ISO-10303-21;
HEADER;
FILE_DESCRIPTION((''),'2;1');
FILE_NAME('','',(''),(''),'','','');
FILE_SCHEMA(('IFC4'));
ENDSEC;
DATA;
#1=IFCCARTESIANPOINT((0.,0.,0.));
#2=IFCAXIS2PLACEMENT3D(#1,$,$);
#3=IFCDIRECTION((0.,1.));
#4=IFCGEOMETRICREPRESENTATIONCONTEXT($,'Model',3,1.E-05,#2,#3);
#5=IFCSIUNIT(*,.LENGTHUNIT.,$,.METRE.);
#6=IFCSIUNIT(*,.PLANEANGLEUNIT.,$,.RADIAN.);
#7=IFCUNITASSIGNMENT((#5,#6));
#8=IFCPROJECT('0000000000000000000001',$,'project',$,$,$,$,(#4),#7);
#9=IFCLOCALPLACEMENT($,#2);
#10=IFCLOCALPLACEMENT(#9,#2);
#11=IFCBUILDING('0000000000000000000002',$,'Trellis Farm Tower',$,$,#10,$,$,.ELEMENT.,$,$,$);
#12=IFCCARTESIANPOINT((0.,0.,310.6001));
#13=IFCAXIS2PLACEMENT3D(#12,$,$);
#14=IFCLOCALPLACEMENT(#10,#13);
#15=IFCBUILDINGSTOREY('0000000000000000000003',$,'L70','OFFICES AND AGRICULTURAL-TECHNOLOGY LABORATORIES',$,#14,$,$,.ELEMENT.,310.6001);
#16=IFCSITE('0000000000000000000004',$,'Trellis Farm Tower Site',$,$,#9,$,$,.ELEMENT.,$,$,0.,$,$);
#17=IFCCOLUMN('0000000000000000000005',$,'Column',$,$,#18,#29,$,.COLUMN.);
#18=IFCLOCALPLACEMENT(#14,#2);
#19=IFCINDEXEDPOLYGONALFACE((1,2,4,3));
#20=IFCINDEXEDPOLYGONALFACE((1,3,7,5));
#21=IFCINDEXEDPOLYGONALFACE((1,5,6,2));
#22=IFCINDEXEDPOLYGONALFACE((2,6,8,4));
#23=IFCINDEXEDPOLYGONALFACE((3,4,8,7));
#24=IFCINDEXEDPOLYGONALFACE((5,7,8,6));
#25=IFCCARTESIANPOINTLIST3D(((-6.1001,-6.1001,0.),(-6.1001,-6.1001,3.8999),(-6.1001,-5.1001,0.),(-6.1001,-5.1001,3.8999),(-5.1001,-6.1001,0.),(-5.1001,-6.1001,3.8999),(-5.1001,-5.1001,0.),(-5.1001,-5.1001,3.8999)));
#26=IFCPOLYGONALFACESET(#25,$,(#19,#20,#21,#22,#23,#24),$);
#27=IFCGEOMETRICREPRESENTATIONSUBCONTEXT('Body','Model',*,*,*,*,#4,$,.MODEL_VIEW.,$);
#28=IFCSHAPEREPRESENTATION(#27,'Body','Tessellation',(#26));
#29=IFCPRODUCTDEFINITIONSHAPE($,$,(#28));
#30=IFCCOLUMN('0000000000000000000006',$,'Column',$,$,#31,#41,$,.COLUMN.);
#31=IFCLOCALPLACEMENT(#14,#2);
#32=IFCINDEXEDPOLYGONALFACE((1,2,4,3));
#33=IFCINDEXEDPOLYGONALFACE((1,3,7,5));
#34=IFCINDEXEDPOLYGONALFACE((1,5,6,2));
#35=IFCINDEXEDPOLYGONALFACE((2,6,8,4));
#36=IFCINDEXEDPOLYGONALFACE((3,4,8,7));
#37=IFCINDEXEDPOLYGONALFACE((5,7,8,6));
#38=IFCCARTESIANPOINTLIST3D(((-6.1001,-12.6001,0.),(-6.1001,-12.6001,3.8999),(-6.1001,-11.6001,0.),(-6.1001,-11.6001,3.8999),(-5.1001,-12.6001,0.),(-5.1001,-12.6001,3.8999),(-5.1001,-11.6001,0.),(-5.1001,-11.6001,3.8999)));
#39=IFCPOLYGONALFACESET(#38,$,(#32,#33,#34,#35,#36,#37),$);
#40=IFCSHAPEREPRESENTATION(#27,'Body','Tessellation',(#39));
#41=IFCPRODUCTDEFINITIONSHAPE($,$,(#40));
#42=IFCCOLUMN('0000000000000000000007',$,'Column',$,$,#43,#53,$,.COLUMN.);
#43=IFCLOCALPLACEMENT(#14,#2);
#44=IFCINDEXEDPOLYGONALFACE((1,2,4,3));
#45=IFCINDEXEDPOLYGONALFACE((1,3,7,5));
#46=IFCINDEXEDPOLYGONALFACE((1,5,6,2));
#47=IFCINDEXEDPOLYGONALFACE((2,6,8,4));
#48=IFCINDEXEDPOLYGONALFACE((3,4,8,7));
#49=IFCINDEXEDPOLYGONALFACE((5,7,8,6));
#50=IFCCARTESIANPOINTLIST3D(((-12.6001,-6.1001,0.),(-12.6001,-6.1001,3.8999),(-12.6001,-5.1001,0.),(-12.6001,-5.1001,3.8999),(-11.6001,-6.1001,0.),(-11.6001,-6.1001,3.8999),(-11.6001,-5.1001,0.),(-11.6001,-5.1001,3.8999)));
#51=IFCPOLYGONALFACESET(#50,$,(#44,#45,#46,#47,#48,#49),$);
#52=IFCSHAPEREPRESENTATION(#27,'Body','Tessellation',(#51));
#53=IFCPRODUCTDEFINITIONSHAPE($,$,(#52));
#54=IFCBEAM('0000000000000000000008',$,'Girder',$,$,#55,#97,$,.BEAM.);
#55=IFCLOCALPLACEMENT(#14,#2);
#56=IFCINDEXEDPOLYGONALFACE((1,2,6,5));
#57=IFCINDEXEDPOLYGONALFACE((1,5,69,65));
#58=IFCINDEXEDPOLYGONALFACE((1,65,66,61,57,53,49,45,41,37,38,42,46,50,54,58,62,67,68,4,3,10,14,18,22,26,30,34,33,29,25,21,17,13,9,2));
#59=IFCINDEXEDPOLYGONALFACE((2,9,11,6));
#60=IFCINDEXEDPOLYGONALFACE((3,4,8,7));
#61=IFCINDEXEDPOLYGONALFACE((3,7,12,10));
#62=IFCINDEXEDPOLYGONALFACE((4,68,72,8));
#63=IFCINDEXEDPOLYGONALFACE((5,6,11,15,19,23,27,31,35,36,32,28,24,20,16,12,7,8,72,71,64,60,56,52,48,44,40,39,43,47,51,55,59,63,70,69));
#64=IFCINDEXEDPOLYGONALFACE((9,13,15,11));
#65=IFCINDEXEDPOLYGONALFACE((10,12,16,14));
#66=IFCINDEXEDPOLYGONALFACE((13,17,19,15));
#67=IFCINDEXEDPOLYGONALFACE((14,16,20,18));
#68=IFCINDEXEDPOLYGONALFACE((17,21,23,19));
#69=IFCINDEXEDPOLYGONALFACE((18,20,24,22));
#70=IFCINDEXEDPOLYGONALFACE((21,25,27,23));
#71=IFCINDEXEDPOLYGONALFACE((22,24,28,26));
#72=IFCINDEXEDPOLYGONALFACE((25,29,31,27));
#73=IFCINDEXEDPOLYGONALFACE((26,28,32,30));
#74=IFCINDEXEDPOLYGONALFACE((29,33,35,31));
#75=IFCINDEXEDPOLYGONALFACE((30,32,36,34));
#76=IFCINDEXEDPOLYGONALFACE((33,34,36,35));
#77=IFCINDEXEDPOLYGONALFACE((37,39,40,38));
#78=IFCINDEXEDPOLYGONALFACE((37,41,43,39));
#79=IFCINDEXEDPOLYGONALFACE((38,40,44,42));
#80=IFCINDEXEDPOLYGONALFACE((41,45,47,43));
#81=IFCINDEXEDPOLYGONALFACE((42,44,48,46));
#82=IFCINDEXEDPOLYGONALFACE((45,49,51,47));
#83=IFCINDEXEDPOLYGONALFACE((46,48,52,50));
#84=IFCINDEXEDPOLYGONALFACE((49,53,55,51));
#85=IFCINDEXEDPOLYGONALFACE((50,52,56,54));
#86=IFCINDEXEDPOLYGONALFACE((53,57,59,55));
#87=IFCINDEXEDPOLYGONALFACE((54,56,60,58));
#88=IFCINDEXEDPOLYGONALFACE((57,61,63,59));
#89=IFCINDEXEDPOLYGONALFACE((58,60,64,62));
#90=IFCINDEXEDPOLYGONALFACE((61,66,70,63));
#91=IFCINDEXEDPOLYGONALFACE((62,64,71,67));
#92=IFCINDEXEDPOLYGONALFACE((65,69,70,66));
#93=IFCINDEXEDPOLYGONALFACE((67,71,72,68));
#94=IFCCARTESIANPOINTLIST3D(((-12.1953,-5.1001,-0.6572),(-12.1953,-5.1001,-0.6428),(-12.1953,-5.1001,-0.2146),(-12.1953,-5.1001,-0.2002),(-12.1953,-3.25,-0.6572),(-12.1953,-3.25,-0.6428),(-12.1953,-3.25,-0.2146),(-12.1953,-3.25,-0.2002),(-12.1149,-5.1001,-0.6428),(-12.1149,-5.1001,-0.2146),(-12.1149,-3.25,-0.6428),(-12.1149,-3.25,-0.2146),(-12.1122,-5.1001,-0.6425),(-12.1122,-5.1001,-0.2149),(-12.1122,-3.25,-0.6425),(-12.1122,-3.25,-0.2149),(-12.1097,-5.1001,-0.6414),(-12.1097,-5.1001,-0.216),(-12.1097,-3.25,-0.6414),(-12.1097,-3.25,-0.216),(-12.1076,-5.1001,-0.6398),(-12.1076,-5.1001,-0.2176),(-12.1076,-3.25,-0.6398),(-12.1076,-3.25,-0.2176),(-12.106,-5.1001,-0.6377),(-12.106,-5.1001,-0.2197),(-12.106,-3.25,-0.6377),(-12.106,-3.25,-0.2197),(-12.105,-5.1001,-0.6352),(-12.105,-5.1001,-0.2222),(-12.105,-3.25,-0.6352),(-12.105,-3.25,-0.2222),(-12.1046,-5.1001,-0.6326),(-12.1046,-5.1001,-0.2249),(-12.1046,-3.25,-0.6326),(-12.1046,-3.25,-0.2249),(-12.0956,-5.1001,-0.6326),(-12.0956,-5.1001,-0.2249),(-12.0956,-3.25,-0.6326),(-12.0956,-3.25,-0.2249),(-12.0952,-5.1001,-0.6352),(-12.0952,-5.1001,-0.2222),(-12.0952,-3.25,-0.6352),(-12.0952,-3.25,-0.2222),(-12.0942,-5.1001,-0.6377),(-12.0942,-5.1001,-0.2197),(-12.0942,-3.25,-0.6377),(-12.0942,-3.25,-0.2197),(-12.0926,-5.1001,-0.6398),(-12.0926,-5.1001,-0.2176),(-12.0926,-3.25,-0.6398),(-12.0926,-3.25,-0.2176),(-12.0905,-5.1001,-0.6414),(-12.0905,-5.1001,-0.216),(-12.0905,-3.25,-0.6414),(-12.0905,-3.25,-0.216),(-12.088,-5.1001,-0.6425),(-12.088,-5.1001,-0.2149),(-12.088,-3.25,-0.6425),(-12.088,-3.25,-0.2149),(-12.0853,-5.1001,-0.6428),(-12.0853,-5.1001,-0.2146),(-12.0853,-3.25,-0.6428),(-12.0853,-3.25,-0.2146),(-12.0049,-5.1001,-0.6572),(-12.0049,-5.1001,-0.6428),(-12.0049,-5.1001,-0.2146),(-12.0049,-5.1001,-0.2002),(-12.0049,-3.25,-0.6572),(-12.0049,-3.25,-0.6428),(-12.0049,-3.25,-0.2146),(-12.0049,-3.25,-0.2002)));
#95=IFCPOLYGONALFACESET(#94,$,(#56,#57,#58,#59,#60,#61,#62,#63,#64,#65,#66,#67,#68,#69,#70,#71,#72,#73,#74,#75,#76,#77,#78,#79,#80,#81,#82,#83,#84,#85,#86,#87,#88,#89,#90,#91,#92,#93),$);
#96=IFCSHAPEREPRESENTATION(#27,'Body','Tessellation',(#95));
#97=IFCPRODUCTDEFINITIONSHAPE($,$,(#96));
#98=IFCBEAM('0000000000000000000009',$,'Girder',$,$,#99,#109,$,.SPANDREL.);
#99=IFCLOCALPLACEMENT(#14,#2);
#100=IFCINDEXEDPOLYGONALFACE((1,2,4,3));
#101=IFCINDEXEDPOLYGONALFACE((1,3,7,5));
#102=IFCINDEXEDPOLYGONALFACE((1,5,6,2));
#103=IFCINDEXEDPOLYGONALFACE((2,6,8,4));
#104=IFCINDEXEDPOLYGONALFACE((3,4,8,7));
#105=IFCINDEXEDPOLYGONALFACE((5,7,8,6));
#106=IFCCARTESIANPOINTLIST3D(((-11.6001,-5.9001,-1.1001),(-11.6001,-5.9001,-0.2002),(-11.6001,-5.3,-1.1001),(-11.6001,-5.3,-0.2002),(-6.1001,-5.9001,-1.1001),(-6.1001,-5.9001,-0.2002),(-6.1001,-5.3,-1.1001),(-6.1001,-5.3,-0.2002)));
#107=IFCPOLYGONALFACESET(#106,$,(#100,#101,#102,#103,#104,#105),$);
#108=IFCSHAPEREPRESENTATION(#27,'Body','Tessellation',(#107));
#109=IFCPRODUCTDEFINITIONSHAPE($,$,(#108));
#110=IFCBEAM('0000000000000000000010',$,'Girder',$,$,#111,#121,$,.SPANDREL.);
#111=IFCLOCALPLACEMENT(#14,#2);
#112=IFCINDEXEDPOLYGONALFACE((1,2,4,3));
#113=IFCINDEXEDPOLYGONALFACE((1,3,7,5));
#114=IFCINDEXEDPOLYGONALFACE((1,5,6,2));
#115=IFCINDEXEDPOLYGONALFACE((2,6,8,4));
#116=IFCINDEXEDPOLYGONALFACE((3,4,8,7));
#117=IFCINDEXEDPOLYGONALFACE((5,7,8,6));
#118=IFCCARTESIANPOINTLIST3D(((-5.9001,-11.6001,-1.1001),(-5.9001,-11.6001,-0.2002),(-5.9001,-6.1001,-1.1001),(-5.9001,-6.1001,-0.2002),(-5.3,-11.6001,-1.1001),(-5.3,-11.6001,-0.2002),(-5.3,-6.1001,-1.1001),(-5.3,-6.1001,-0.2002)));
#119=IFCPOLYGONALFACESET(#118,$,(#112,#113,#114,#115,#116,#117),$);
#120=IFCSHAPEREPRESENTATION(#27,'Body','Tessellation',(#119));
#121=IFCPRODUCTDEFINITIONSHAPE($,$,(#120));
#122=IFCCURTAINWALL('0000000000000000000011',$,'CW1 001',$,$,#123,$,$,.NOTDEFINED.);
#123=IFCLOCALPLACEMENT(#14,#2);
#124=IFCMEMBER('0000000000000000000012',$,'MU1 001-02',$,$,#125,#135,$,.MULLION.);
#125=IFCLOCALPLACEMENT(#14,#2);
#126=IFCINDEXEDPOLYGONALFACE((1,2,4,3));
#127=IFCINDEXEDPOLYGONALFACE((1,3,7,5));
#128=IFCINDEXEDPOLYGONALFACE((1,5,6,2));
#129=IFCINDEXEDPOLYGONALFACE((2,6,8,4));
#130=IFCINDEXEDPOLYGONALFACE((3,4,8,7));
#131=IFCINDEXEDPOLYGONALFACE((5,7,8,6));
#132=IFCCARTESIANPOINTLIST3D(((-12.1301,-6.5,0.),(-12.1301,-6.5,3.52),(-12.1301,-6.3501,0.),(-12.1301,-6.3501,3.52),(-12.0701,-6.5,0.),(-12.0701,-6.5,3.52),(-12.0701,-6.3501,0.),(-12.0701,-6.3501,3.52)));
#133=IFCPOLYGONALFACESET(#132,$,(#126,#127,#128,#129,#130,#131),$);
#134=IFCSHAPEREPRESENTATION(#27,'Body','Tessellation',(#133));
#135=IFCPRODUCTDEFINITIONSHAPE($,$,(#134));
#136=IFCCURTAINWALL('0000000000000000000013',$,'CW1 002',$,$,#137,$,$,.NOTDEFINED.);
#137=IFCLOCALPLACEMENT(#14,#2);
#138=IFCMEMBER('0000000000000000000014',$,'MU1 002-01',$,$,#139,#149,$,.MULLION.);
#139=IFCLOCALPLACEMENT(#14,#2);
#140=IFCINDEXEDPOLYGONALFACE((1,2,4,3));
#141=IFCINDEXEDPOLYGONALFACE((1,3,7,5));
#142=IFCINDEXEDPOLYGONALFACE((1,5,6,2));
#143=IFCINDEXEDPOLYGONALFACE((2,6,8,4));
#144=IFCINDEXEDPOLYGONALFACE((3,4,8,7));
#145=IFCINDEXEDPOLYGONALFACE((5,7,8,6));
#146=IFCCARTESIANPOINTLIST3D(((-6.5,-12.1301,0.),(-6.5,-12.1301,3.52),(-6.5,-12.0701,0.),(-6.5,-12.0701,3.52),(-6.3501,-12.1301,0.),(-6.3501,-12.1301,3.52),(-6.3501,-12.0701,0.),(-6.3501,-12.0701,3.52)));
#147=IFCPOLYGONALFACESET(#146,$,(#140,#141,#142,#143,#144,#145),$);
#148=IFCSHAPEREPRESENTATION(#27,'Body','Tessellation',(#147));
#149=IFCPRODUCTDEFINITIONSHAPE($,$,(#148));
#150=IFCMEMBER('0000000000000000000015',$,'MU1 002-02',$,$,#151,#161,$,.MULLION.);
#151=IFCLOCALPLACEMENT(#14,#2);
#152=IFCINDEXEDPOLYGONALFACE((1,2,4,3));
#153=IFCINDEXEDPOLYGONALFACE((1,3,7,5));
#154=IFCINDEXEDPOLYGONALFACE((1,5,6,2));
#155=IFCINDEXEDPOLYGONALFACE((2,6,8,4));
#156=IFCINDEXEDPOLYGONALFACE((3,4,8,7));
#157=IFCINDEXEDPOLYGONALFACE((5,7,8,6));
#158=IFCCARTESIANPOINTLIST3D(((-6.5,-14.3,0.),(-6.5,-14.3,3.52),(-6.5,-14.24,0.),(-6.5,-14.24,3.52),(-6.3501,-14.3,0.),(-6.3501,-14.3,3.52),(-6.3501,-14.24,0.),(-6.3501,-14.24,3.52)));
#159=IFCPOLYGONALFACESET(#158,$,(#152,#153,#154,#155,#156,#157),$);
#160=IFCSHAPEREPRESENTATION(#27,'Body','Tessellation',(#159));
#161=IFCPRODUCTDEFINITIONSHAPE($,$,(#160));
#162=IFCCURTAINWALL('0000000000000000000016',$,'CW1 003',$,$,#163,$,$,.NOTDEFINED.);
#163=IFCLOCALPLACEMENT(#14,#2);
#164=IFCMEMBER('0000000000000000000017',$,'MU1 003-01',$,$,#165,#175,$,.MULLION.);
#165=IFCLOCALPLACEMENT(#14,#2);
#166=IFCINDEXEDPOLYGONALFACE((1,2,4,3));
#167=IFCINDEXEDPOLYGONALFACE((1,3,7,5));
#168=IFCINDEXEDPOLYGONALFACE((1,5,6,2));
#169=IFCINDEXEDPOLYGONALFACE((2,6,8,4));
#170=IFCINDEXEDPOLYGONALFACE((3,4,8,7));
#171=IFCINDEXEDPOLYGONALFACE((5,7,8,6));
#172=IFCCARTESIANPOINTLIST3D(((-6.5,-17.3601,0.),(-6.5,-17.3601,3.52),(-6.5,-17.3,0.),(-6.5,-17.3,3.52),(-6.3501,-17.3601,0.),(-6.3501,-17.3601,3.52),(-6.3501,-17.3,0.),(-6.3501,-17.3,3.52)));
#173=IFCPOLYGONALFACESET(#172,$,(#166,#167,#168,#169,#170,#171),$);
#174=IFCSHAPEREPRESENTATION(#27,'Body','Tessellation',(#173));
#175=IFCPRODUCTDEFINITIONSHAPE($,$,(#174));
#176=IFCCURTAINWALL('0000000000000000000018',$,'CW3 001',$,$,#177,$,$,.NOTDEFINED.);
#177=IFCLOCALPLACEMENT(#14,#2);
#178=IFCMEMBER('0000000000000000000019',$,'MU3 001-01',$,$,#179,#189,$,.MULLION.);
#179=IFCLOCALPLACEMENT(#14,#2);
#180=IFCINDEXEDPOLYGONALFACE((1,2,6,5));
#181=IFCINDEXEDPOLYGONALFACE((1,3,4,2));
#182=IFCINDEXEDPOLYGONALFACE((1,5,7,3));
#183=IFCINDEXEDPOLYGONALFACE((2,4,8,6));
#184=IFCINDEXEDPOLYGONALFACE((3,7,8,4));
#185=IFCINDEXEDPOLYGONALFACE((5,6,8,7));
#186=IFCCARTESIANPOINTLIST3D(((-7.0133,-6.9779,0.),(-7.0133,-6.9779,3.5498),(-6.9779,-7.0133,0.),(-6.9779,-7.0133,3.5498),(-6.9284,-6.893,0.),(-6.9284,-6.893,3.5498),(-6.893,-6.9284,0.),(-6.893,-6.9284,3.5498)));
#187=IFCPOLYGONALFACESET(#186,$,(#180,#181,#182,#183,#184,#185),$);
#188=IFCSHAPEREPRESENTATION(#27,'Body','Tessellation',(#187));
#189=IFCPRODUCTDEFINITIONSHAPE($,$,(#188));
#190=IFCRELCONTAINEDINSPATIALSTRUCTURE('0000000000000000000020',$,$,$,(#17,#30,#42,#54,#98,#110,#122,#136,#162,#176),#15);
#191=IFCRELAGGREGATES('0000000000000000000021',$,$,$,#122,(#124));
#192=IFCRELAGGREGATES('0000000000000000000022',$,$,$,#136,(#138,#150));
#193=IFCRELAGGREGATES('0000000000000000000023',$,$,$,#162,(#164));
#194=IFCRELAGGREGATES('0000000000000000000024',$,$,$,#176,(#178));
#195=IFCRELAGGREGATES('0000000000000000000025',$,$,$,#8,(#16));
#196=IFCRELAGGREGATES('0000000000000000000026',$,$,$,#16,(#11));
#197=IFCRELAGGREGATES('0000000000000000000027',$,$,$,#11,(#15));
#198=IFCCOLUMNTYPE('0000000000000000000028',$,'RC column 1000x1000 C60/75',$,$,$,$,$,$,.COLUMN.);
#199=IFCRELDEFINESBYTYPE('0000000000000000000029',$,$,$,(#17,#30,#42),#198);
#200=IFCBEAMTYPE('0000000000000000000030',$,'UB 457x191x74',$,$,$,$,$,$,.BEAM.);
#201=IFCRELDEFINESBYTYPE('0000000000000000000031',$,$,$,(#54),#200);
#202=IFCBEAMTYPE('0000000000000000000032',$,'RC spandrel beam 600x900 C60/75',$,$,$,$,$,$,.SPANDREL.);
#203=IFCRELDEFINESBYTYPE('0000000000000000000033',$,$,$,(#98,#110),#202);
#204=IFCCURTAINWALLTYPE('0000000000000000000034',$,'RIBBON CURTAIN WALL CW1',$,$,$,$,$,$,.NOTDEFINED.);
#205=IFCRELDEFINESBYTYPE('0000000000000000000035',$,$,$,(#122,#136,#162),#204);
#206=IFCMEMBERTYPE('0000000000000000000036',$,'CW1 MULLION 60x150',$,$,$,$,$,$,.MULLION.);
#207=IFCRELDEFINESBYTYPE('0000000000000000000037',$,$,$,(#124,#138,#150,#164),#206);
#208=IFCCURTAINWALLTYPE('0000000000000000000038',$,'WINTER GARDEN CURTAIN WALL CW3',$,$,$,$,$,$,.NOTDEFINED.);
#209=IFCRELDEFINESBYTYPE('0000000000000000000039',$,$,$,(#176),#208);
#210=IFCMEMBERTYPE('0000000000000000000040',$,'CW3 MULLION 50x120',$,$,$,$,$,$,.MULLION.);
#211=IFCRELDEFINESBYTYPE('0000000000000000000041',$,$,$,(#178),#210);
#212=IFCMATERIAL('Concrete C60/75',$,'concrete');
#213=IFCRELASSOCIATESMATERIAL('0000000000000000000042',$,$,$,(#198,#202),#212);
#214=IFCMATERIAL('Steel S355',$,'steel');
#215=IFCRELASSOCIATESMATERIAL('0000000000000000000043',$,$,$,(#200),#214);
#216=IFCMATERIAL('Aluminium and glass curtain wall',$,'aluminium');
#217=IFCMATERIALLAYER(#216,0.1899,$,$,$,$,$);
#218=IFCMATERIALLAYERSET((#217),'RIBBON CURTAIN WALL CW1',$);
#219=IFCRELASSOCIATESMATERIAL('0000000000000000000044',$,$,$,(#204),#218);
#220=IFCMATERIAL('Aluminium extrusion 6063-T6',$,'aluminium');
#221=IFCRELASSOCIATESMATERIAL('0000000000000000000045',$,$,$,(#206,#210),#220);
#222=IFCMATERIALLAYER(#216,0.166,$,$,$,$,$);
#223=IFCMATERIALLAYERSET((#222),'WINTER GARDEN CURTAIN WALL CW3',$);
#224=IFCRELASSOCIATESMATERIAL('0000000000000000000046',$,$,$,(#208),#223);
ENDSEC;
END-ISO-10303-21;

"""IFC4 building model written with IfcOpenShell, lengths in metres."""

from ifc_helpers import new_model, si_unit, direction, frame, origin, origin_2d, place, context, subcontext, project, spatial, rectangle, i_section, extrude, source, transform, mapped, material, layer, layer_set, material_profile, profile_set, type_object, element, aggregate, save


model = new_model("IFC4")

# Units and contexts
model_context = context("Model", 3, precision=1e-05, world=origin(), true_north=direction((0.0, 1.0)))
body_context = subcontext(model_context, "Body", "Model", "MODEL_VIEW")
ifc_project = project(units=[si_unit("LENGTHUNIT", "METRE"), si_unit("PLANEANGLEUNIT", "RADIAN")], contexts=[model_context])

# Site, building, storey
site_placement = place(None, origin())
site = spatial("IfcSite", under=ifc_project, at=site_placement, Name="Trellis Farm Tower Site", CompositionType="ELEMENT", RefElevation=0.0)
building_placement = place(site_placement, origin())
building = spatial("IfcBuilding", under=site, at=building_placement, Name="Trellis Farm Tower", CompositionType="ELEMENT")
storey_placement = place(building_placement, frame((0.0, 0.0, 310.6001)))
storey = spatial("IfcBuildingStorey", under=building, at=storey_placement, Name="L70", Description="OFFICES AND AGRICULTURAL-TECHNOLOGY LABORATORIES", CompositionType="ELEMENT", Elevation=310.6001)

# Columns
ifc_material_1 = material(Name="Concrete C60/75", Category="concrete")
ifc_material_profile_1 = material_profile(ifc_material_1, rectangle(XDim=1.0, YDim=1.0, at=origin_2d()), Name="RC column 1000x1000 C60/75")
ifc_profile_set_1 = profile_set([ifc_material_profile_1], Name="Concrete C60/75")
column_type = type_object("IfcColumnType", Name="RC column 1000x1000 C60/75", PredefinedType="COLUMN", material=ifc_profile_set_1)
shared_shape_1 = source(origin(), body_context, "Body", "SweptSolid", [
    extrude(rectangle(XDim=1.0, YDim=1.0, at=origin_2d()), origin(), (0.0, 0.0, 1.0), 3.8999),
])
for number, where, z_axis, x_axis, name in (
    (1, (-5.6001, -5.6001, 0.0), (0.0, 0.0, 1.0), (1.0, 0.0, 0.0), "Column"),
    (2, (-5.6001, -12.1001, 0.0), (0.0, 0.0, 1.0), (1.0, 0.0, 0.0), "Column"),
    (3, (-12.1001, -5.6001, 0.0), (0.0, 0.0, 1.0), (1.0, 0.0, 0.0), "Column"),
):
    element("IfcColumn", number, at=place(storey_placement, frame(where, z_axis=z_axis, x_axis=x_axis)), inside=storey, type_object=column_type, Name=name, PredefinedType="COLUMN", context=body_context, shape_type="MappedRepresentation", body=[
        mapped(shared_shape_1, transform((0.0, 0.0, 0.0))),
    ])

# Beams
ifc_material_2 = material(Name="Steel S355", Category="steel")
ifc_material_profile_2 = material_profile(ifc_material_2, i_section(OverallWidth=0.1904, OverallDepth=0.457, WebThickness=0.009, FlangeThickness=0.0144, FilletRadius=0.0103, at=origin_2d()), Name="UB 457x191x74")
ifc_profile_set_2 = profile_set([ifc_material_profile_2], Name="Steel S355")
beam_type_1 = type_object("IfcBeamType", Name="UB 457x191x74", PredefinedType="BEAM", material=ifc_profile_set_2)
shared_shape_2 = source(origin(), body_context, "Body", "SweptSolid", [
    extrude(i_section(OverallWidth=0.1904, OverallDepth=0.457, WebThickness=0.009, FlangeThickness=0.0144, FilletRadius=0.0103, at=origin_2d()), origin(), (0.0, 0.0, 1.0), 1.8501),
])
beam_placement = place(storey_placement, frame((-12.1001, -5.1001, -0.4287), z_axis=(0.0, 1.0, 0.0), x_axis=(-1.0, 0.0, 0.0)))
element("IfcBeam", 4, at=beam_placement, inside=storey, type_object=beam_type_1, Name="Girder", PredefinedType="BEAM", context=body_context, shape_type="MappedRepresentation", body=[
    mapped(shared_shape_2, transform((0.0, 0.0, 0.0))),
])
ifc_material_profile_3 = material_profile(ifc_material_1, rectangle(XDim=0.6001, YDim=0.8999, at=origin_2d()), Name="RC spandrel beam 600x900 C60/75")
ifc_profile_set_3 = profile_set([ifc_material_profile_3], Name="Concrete C60/75")
beam_type_2 = type_object("IfcBeamType", Name="RC spandrel beam 600x900 C60/75", PredefinedType="SPANDREL", material=ifc_profile_set_3)
shared_shape_3 = source(origin(), body_context, "Body", "SweptSolid", [
    extrude(rectangle(XDim=0.6001, YDim=0.8999, at=origin_2d()), origin(), (0.0, 0.0, 1.0), 5.5),
])
for number, where, z_axis, x_axis, name in (
    (5, (-11.6001, -5.6001, -0.6501), (1.0, 0.0, 0.0), (0.0, 1.0, 0.0), "Girder"),
    (6, (-5.6001, -11.6001, -0.6501), (0.0, 1.0, 0.0), (-1.0, 0.0, 0.0), "Girder"),
):
    element("IfcBeam", number, at=place(storey_placement, frame(where, z_axis=z_axis, x_axis=x_axis)), inside=storey, type_object=beam_type_2, Name=name, PredefinedType="SPANDREL", context=body_context, shape_type="MappedRepresentation", body=[
        mapped(shared_shape_3, transform((0.0, 0.0, 0.0))),
    ])

# Curtain wall, member
ifc_material_3 = material(Name="Aluminium and glass curtain wall", Category="aluminium")
ifc_layer_1 = layer(ifc_material_3, 0.1899)
ifc_layer_set_1 = layer_set([ifc_layer_1], Name="RIBBON CURTAIN WALL CW1")
curtain_wall_type_1 = type_object("IfcCurtainWallType", Name="RIBBON CURTAIN WALL CW1", PredefinedType="NOTDEFINED", material=ifc_layer_set_1)
placement = place(storey_placement, origin())
curtain_wall_1 = element("IfcCurtainWall", 7, at=placement, inside=storey, type_object=curtain_wall_type_1, Name="CW1 001", PredefinedType="NOTDEFINED")
ifc_material_4 = material(Name="Aluminium extrusion 6063-T6", Category="aluminium")
ifc_material_profile_4 = material_profile(ifc_material_4, rectangle(XDim=0.0601, YDim=0.1499, at=origin_2d()), Name="MULLION 60x150")
ifc_profile_set_4 = profile_set([ifc_material_profile_4], Name="Aluminium extrusion 6063-T6")
member_type_1 = type_object("IfcMemberType", Name="CW1 MULLION 60x150", PredefinedType="MULLION", material=ifc_profile_set_4)
shared_shape_4 = source(origin(), body_context, "Body", "SweptSolid", [
    extrude(rectangle(XDim=0.0601, YDim=0.1499, at=origin_2d()), origin(), (0.0, 0.0, 1.0), 3.52),
])
member_1_placement = place(storey_placement, frame((-12.1001, -6.425, 0.0), z_axis=(0.0, 0.0, 1.0), x_axis=(1.0, 0.0, 0.0)))
member_1 = element("IfcMember", 8, at=member_1_placement, type_object=member_type_1, Name="MU1 001-02", PredefinedType="MULLION", context=body_context, shape_type="MappedRepresentation", body=[
    mapped(shared_shape_4, transform((0.0, 0.0, 0.0))),
])
aggregate(curtain_wall_1, [member_1])

# Curtain wall, members
curtain_wall_2 = element("IfcCurtainWall", 9, at=placement, inside=storey, type_object=curtain_wall_type_1, Name="CW1 002", PredefinedType="NOTDEFINED")
member_2_placement = place(storey_placement, frame((-6.425, -12.1001, 0.0), z_axis=(0.0, 0.0, 1.0), x_axis=(0.0, -1.0, 0.0)))
member_2 = element("IfcMember", 10, at=member_2_placement, type_object=member_type_1, Name="MU1 002-01", PredefinedType="MULLION", context=body_context, shape_type="MappedRepresentation", body=[
    mapped(shared_shape_4, transform((0.0, 0.0, 0.0))),
])
member_3_placement = place(storey_placement, frame((-6.425, -14.27, 0.0), z_axis=(0.0, 0.0, 1.0), x_axis=(0.0, -1.0, 0.0)))
member_3 = element("IfcMember", 11, at=member_3_placement, type_object=member_type_1, Name="MU1 002-02", PredefinedType="MULLION", context=body_context, shape_type="MappedRepresentation", body=[
    mapped(shared_shape_4, transform((0.0, 0.0, 0.0))),
])
aggregate(curtain_wall_2, [member_2, member_3])

# Curtain walls, members
curtain_wall_3 = element("IfcCurtainWall", 12, at=placement, inside=storey, type_object=curtain_wall_type_1, Name="CW1 003", PredefinedType="NOTDEFINED")
member_4_placement = place(storey_placement, frame((-6.425, -17.3301, 0.0), z_axis=(0.0, 0.0, 1.0), x_axis=(0.0, -1.0, 0.0)))
member_4 = element("IfcMember", 13, at=member_4_placement, type_object=member_type_1, Name="MU1 003-01", PredefinedType="MULLION", context=body_context, shape_type="MappedRepresentation", body=[
    mapped(shared_shape_4, transform((0.0, 0.0, 0.0))),
])
aggregate(curtain_wall_3, [member_4])
ifc_layer_2 = layer(ifc_material_3, 0.166)
ifc_layer_set_2 = layer_set([ifc_layer_2], Name="WINTER GARDEN CURTAIN WALL CW3")
curtain_wall_type_2 = type_object("IfcCurtainWallType", Name="WINTER GARDEN CURTAIN WALL CW3", PredefinedType="NOTDEFINED", material=ifc_layer_set_2)
curtain_wall_4 = element("IfcCurtainWall", 14, at=placement, inside=storey, type_object=curtain_wall_type_2, Name="CW3 001", PredefinedType="NOTDEFINED")
ifc_material_profile_5 = material_profile(ifc_material_4, rectangle(XDim=0.05, YDim=0.1201, at=origin_2d()), Name="MULLION 50x120")
ifc_profile_set_5 = profile_set([ifc_material_profile_5], Name="Aluminium extrusion 6063-T6")
member_type_2 = type_object("IfcMemberType", Name="CW3 MULLION 50x120", PredefinedType="MULLION", material=ifc_profile_set_5)
shared_shape_5 = source(origin(), body_context, "Body", "SweptSolid", [
    extrude(rectangle(XDim=0.05, YDim=0.1201, at=origin_2d()), origin(), (0.0, 0.0, 1.0), 3.5498),
])
member_5_placement = place(storey_placement, frame((-6.9531, -6.9531, 0.0), z_axis=(0.0, 0.0, 1.0), x_axis=(0.707107, -0.707107, 0.0)))
member_5 = element("IfcMember", 15, at=member_5_placement, type_object=member_type_2, Name="MU3 001-01", PredefinedType="MULLION", context=body_context, shape_type="MappedRepresentation", body=[
    mapped(shared_shape_5, transform((0.0, 0.0, 0.0))),
])
aggregate(curtain_wall_4, [member_5])

save(model, "model.ifc")
